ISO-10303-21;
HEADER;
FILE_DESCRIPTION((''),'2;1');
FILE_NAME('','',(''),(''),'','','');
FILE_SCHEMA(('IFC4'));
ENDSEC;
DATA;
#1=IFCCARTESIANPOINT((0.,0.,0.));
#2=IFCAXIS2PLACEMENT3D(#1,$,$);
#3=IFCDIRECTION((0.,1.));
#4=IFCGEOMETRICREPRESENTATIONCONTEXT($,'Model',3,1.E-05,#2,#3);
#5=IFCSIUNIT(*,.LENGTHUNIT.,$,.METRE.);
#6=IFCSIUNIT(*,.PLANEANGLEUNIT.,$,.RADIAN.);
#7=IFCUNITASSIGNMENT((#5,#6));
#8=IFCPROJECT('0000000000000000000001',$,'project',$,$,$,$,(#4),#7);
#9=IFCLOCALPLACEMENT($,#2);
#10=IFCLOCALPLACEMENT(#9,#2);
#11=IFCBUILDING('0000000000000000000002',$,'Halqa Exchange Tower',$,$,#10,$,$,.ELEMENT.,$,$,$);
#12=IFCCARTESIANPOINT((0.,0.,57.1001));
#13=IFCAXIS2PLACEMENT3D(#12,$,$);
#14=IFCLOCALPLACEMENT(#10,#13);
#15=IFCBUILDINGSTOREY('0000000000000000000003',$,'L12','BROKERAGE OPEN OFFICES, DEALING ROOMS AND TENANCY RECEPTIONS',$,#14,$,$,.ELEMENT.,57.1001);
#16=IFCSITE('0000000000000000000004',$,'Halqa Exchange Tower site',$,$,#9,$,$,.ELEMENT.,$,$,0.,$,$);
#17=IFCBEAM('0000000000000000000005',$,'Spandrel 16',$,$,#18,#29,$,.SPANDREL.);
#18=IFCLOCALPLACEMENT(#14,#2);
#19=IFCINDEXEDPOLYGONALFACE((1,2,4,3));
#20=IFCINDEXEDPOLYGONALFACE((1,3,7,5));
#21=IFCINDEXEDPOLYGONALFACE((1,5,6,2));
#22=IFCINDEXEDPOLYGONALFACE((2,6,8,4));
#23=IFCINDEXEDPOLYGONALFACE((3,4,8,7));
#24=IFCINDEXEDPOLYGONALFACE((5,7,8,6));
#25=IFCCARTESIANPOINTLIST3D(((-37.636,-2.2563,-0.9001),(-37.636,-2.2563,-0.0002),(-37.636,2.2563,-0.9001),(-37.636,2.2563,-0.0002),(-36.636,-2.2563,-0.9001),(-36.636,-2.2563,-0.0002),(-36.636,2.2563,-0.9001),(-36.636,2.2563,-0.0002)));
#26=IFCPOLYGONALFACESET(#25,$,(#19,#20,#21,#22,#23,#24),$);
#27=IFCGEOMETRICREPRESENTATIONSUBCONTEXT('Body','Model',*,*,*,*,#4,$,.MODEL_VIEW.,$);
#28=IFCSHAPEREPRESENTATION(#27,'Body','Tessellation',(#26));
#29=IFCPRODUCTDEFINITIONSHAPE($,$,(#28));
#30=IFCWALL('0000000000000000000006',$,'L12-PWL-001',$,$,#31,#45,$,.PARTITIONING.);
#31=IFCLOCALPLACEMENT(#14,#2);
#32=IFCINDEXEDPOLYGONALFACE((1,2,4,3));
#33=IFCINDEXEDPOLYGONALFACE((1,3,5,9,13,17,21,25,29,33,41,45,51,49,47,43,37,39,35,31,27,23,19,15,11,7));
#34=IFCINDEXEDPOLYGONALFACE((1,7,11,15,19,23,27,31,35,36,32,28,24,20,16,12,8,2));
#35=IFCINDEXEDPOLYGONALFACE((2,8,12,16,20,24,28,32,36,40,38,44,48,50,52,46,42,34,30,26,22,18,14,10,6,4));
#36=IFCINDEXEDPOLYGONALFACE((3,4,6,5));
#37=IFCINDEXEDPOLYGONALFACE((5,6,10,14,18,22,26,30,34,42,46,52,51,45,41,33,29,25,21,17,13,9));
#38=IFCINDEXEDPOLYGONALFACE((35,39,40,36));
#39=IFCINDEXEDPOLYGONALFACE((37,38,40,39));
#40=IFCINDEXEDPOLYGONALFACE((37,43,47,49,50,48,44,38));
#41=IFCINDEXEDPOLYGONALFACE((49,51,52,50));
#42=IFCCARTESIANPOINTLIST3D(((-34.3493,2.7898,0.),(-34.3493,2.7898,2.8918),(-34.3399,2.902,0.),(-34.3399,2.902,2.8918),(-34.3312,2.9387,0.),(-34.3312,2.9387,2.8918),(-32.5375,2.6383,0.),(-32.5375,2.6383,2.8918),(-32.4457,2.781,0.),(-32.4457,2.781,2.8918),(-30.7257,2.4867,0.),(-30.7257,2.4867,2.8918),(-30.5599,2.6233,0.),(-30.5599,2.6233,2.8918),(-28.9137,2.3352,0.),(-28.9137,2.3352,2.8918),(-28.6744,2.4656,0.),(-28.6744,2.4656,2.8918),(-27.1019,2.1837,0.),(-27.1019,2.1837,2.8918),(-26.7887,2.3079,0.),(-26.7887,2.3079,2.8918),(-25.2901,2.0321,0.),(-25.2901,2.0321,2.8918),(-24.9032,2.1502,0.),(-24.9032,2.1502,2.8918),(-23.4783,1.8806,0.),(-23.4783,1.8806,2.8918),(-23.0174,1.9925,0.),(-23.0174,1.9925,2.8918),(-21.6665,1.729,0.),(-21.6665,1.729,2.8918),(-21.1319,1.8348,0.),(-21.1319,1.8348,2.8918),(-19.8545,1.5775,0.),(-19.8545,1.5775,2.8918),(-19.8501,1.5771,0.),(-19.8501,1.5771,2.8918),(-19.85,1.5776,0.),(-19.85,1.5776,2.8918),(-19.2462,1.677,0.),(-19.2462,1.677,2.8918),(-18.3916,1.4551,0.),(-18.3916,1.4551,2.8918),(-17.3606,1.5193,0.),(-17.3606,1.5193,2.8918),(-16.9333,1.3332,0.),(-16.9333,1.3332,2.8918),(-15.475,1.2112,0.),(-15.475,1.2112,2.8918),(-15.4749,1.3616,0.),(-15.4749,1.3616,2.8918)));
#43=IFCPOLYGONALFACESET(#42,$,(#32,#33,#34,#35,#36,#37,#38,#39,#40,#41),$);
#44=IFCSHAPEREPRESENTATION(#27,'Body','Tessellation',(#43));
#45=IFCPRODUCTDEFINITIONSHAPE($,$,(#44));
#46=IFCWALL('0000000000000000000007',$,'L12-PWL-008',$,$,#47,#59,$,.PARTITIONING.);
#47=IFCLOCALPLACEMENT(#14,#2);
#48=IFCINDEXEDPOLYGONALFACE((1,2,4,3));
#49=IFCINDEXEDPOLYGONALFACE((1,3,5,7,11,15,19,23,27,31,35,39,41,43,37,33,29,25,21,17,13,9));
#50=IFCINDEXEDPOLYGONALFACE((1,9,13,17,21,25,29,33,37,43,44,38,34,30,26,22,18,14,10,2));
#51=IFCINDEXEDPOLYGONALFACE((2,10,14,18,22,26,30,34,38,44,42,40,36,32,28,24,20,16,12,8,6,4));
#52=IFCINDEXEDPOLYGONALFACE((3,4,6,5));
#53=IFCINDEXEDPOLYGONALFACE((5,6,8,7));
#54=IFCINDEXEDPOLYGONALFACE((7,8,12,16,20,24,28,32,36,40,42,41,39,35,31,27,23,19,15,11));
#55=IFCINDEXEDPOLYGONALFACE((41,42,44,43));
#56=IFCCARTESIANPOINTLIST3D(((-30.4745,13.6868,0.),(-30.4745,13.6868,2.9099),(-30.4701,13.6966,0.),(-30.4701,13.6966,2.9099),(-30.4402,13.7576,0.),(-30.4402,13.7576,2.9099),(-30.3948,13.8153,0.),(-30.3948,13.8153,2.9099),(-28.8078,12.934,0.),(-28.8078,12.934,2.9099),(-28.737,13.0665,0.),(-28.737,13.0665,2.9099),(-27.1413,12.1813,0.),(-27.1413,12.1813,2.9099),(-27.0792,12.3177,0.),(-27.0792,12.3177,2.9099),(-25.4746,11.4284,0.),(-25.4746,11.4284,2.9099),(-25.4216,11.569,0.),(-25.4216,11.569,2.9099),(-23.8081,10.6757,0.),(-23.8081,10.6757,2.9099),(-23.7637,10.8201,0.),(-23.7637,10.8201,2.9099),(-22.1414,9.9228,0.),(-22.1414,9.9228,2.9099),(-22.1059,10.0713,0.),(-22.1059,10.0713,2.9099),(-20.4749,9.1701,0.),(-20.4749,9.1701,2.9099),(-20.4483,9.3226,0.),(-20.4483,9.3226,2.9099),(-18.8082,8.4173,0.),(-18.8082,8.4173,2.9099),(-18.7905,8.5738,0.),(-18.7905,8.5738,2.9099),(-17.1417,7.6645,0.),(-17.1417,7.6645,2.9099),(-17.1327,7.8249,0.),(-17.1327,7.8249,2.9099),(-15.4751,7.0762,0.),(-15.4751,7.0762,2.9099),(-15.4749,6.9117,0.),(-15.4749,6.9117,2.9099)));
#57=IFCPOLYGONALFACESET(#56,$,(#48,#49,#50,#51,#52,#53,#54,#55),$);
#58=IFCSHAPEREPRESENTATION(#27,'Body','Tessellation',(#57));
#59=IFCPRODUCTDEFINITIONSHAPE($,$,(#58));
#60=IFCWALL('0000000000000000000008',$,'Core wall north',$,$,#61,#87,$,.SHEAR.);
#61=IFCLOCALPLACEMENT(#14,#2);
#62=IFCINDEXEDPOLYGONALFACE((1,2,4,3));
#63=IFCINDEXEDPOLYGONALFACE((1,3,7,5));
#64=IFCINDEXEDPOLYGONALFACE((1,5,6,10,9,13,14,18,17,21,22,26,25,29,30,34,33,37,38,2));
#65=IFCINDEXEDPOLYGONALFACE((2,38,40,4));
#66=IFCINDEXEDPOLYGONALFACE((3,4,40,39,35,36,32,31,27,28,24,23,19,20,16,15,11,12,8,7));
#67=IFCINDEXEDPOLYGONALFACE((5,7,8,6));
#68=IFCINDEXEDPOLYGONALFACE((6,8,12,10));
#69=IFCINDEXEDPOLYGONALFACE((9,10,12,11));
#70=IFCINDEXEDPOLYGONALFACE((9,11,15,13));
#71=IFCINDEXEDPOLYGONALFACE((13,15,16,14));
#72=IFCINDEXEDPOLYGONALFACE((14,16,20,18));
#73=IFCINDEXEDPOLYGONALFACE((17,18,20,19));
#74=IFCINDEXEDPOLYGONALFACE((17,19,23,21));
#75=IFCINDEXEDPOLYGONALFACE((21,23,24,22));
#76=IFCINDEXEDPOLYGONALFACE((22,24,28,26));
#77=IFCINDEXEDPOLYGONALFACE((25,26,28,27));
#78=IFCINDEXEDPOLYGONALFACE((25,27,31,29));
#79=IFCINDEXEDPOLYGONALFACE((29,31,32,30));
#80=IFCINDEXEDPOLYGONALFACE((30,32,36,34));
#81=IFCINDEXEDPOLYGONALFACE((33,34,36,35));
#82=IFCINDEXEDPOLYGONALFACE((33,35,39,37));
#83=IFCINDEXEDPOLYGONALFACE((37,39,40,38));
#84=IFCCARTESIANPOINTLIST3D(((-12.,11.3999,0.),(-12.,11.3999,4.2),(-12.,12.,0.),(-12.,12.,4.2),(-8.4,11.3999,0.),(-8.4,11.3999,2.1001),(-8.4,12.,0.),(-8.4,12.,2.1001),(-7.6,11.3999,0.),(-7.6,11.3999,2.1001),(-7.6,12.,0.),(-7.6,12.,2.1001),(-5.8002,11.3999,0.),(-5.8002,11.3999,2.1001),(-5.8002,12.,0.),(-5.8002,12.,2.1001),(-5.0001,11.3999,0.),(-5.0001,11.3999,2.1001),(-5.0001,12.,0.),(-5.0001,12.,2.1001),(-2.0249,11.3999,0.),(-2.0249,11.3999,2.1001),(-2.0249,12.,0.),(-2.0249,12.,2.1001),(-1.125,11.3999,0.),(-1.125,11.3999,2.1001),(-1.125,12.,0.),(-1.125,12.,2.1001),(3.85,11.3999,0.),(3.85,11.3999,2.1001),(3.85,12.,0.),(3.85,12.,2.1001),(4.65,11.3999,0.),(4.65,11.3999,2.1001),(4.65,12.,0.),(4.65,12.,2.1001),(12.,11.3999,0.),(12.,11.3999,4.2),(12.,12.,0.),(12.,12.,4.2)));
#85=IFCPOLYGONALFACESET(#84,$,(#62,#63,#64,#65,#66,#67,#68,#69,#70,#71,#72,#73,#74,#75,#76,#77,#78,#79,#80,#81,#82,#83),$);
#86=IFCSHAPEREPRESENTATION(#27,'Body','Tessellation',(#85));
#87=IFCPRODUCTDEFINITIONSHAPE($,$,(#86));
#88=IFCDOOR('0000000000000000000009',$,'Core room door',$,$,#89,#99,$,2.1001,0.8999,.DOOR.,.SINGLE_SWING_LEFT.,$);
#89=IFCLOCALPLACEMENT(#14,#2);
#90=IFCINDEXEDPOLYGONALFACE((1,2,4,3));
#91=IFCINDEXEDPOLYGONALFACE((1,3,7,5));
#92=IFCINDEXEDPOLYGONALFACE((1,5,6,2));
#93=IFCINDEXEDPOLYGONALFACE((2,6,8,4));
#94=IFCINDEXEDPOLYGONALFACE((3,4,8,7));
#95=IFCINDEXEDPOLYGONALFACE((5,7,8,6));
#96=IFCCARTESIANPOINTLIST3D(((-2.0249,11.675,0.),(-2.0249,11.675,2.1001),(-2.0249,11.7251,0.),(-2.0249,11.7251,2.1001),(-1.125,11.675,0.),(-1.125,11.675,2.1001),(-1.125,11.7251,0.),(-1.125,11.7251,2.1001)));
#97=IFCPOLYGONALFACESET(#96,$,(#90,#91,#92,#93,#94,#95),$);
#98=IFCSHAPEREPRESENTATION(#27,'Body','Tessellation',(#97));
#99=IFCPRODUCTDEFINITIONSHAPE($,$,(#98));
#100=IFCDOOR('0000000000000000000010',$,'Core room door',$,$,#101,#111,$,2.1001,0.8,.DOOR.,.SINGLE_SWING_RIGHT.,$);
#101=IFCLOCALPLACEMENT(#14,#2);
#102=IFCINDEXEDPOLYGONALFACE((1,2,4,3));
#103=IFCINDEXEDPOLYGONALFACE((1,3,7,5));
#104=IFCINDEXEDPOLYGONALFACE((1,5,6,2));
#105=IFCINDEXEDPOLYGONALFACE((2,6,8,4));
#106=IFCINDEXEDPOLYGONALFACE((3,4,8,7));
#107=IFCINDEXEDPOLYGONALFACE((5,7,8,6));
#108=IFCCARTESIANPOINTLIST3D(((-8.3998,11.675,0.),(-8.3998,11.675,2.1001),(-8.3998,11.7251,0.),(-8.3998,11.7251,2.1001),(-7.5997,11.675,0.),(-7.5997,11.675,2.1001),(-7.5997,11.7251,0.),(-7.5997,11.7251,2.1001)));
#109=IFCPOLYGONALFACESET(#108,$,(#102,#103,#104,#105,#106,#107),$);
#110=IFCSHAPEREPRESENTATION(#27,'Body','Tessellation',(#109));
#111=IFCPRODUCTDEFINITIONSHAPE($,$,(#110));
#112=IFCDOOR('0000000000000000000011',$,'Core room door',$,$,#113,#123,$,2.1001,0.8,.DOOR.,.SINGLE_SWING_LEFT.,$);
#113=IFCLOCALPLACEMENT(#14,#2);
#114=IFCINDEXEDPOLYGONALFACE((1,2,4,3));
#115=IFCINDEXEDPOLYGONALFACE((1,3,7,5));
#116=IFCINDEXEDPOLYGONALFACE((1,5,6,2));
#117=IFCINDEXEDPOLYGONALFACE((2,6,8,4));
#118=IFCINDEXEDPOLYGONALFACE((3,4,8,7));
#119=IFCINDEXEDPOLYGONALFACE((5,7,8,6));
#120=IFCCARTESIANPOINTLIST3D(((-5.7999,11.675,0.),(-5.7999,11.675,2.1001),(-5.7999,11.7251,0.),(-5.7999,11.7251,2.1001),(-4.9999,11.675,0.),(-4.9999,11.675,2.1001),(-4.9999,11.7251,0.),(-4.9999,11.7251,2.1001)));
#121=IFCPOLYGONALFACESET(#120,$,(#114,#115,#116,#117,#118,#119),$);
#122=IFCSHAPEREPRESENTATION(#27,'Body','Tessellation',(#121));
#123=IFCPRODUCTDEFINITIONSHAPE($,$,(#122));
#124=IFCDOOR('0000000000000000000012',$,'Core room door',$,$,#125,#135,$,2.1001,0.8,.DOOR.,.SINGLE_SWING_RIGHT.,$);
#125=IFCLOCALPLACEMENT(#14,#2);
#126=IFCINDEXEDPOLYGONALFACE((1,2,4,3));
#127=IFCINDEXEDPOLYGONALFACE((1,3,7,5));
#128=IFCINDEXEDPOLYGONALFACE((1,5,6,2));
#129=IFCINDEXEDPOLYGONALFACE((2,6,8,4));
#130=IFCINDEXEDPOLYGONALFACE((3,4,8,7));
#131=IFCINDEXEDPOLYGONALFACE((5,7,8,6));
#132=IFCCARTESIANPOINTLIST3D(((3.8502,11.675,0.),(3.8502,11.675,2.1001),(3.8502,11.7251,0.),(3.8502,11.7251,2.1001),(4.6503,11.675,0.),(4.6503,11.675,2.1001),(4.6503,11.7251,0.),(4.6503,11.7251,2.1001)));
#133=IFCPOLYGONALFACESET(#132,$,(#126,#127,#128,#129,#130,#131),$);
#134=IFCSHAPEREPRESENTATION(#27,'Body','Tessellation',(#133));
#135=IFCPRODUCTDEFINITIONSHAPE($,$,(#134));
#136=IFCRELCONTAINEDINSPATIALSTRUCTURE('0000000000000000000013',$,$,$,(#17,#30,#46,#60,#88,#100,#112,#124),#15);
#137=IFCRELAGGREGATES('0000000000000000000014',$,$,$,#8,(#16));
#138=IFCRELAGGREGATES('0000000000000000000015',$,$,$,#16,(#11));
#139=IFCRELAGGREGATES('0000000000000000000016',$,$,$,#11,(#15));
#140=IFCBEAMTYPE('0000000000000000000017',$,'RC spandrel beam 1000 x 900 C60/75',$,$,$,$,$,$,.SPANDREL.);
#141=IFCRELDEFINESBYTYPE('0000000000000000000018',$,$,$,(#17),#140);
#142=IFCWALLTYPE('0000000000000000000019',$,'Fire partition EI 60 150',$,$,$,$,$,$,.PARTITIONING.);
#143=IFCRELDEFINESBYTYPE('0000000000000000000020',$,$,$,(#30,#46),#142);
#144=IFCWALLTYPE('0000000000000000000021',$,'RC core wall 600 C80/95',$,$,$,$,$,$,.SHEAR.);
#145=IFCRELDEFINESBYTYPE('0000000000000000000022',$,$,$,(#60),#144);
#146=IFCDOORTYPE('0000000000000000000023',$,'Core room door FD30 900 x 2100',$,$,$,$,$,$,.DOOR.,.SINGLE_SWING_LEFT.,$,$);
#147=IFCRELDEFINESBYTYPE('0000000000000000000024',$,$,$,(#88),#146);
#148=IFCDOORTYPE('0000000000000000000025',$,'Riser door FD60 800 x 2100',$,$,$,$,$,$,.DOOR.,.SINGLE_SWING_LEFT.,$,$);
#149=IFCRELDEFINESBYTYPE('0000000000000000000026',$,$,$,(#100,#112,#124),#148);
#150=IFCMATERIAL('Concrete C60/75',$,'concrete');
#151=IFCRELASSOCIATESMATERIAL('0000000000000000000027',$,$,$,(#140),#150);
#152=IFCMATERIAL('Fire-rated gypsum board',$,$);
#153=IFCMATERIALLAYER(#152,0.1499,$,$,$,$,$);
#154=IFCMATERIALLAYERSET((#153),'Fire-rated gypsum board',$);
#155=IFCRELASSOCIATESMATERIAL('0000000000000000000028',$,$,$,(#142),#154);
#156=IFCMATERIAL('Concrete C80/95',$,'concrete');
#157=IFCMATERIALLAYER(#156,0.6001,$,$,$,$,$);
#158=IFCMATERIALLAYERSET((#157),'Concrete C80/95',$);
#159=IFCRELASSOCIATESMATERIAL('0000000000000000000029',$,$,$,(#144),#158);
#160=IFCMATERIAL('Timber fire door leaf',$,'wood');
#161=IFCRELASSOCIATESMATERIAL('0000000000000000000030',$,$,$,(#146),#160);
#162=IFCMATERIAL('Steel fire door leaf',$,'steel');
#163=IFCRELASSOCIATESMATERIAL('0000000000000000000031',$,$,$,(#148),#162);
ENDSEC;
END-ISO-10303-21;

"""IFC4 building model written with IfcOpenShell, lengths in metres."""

from ifc_helpers import new_model, si_unit, direction, frame, frame_2d, origin, origin_2d, place, context, subcontext, project, spatial, polyline, rectangle, outline, extrude, material, layer, layer_set, material_profile, profile_set, type_object, element, fill, save


model = new_model("IFC4")

# Units and contexts
model_context = context("Model", 3, precision=1e-05, world=origin(), true_north=direction((0.0, 1.0)))
body_context = subcontext(model_context, "Body", "Model", "MODEL_VIEW")
ifc_project = project(units=[si_unit("LENGTHUNIT", "METRE"), si_unit("PLANEANGLEUNIT", "RADIAN")], contexts=[model_context])

# Site, building, storey
site_placement = place(None, origin())
site = spatial("IfcSite", under=ifc_project, at=site_placement, Name="Halqa Exchange Tower site", CompositionType="ELEMENT", RefElevation=0.0)
building_placement = place(site_placement, origin())
building = spatial("IfcBuilding", under=site, at=building_placement, Name="Halqa Exchange Tower", CompositionType="ELEMENT")
storey_placement = place(building_placement, frame((0.0, 0.0, 57.1001)))
storey = spatial("IfcBuildingStorey", under=building, at=storey_placement, Name="L12", Description="BROKERAGE OPEN OFFICES, DEALING ROOMS AND TENANCY RECEPTIONS", CompositionType="ELEMENT", Elevation=57.1001)

# Shared definitions
ifc_material_1 = material(Name="Concrete C80/95", Category="concrete")

# Beam
ifc_material_2 = material(Name="Concrete C60/75", Category="concrete")
ifc_material_profile_1 = material_profile(ifc_material_2, rectangle(XDim=1.0, YDim=0.8999, at=origin_2d()), Name="1000 x 900")
ifc_profile_set_1 = profile_set([ifc_material_profile_1], Name="Concrete C60/75")
beam_type_1 = type_object("IfcBeamType", Name="RC spandrel beam 1000 x 900 C60/75", PredefinedType="SPANDREL", material=ifc_profile_set_1)
beam_1_placement = place(storey_placement, frame((-37.136, 2.2563, -0.4502), z_axis=(0.0, -1.0, 0.0), x_axis=(1.0, 0.0, 0.0)))
element("IfcBeam", 1, at=beam_1_placement, inside=storey, type_object=beam_type_1, Name="Spandrel 16", PredefinedType="SPANDREL", context=body_context, shape_type="SweptSolid", body=[
    extrude(rectangle(XDim=1.0, YDim=0.8999, at=origin_2d()), origin(), (0.0, 0.0, 1.0), 4.5127),
])

# Walls
ifc_material_3 = material(Name="Fire-rated gypsum board")
ifc_layer_1 = layer(ifc_material_3, 0.1499)
ifc_layer_set_1 = layer_set([ifc_layer_1], Name="Fire-rated gypsum board")
wall_type_1 = type_object("IfcWallType", Name="Fire partition EI 60 150", PredefinedType="PARTITIONING", material=ifc_layer_set_1)
wall_1_placement = place(storey_placement, frame((-34.343, 2.8645, 0.0), z_axis=(0.0, 0.0, 1.0), x_axis=(0.996521, -0.083347, 0.0)))
element("IfcWall", 2, at=wall_1_placement, inside=storey, type_object=wall_type_1, Name="L12-PWL-001", PredefinedType="PARTITIONING", context=body_context, shape_type="SweptSolid", body=[
    extrude(outline(polyline([(0.0, -0.075), (1.8181, -0.075), (3.6362, -0.075), (5.4546, -0.075), (7.2727, -0.075), (9.0908, -0.075), (10.9089, -0.075), (12.7271, -0.075), (14.5454, -0.075), (14.5498, -0.0745), (14.5498, -0.075), (16.0134, -0.075), (17.4768, -0.075), (18.9402, -0.075), (18.9277, 0.075), (17.0354, 0.075), (15.1433, 0.075), (13.251, 0.075), (11.3589, 0.075), (9.4666, 0.075), (7.5745, 0.075), (5.6821, 0.075), (3.79, 0.075), (1.8977, 0.075), (0.0056, 0.075), (0.0, 0.0376), (0.0, -0.075)])), origin(), (0.0, 0.0, 1.0), 2.8918),
])
wall_2_placement = place(storey_placement, frame((-15.4441, 6.98, 0.0), z_axis=(0.0, 0.0, 1.0), x_axis=(-0.911344, 0.411646, 0.0)))
element("IfcWall", 3, at=wall_2_placement, inside=storey, type_object=wall_type_1, Name="L12-PWL-008", PredefinedType="PARTITIONING", context=body_context, shape_type="SweptSolid", body=[
    extrude(outline(polyline([(0.0679, -0.075), (1.8867, -0.075), (3.7058, -0.075), (5.5249, -0.075), (7.3438, -0.075), (9.1628, -0.075), (10.9819, -0.075), (12.8008, -0.075), (14.6199, -0.075), (16.439, -0.075), (16.4565, -0.0037), (16.4587, 0.0642), (16.4587, 0.075), (14.6299, 0.075), (12.8013, 0.075), (10.9724, 0.075), (9.1438, 0.075), (7.3149, 0.075), (5.4863, 0.075), (3.6575, 0.075), (1.8289, 0.075), (0.0, 0.075), (0.0679, -0.075)])), origin(), (0.0, 0.0, 1.0), 2.9099),
])

# Wall, openings, doors
ifc_layer_2 = layer(ifc_material_1, 0.6001)
ifc_layer_set_2 = layer_set([ifc_layer_2], Name="Concrete C80/95")
wall_type_2 = type_object("IfcWallType", Name="RC core wall 600 C80/95", PredefinedType="SHEAR", material=ifc_layer_set_2)
wall_3_placement = place(storey_placement, frame((-12.0, 11.7, 0.0), z_axis=(0.0, 0.0, 1.0), x_axis=(1.0, 0.0, 0.0)))
wall_3 = element("IfcWall", 4, at=wall_3_placement, inside=storey, type_object=wall_type_2, Name="Core wall north", PredefinedType="SHEAR", context=body_context, shape_type="SweptSolid", body=[
    extrude(rectangle(XDim=24.0, YDim=0.6001, at=frame_2d((12.0, 0.0))), origin(), (0.0, 0.0, 1.0), 4.2),
])
opening_1_placement = place(wall_3_placement, frame((9.9751, 0.0, 0.0)))
opening_1 = element("IfcOpeningElement", 5, at=opening_1_placement, cuts=wall_3, PredefinedType="OPENING", context=body_context, shape_type="SweptSolid", body=[
    extrude(rectangle(XDim=0.8999, YDim=2.1001, at=frame_2d((0.45, 1.05))), frame((0.0, 0.312, 0.0), z_axis=(0.0, -1.0, 0.0), x_axis=(1.0, 0.0, 0.0)), (0.0, 0.0, 1.0), 0.624),
])
opening_2_placement = place(wall_3_placement, frame((3.6001, 0.0, 0.0)))
opening_2 = element("IfcOpeningElement", 6, at=opening_2_placement, cuts=wall_3, PredefinedType="OPENING", context=body_context, shape_type="SweptSolid", body=[
    extrude(rectangle(XDim=0.8, YDim=2.1001, at=frame_2d((0.3999, 1.05))), frame((0.0, 0.312, 0.0), z_axis=(0.0, -1.0, 0.0), x_axis=(1.0, 0.0, 0.0)), (0.0, 0.0, 1.0), 0.624),
])
opening_3_placement = place(wall_3_placement, frame((6.2, 0.0, 0.0)))
opening_3 = element("IfcOpeningElement", 7, at=opening_3_placement, cuts=wall_3, PredefinedType="OPENING", context=body_context, shape_type="SweptSolid", body=[
    extrude(rectangle(XDim=0.8, YDim=2.1001, at=frame_2d((0.3999, 1.05))), frame((0.0, 0.312, 0.0), z_axis=(0.0, -1.0, 0.0), x_axis=(1.0, 0.0, 0.0)), (0.0, 0.0, 1.0), 0.624),
])
opening_4_placement = place(wall_3_placement, frame((15.8501, 0.0, 0.0)))
opening_4 = element("IfcOpeningElement", 8, at=opening_4_placement, cuts=wall_3, PredefinedType="OPENING", context=body_context, shape_type="SweptSolid", body=[
    extrude(rectangle(XDim=0.8, YDim=2.1001, at=frame_2d((0.3999, 1.05))), frame((0.0, 0.312, 0.0), z_axis=(0.0, -1.0, 0.0), x_axis=(1.0, 0.0, 0.0)), (0.0, 0.0, 1.0), 0.624),
])
ifc_material_4 = material(Name="Timber fire door leaf", Category="wood")
door_type_1 = type_object("IfcDoorType", Name="Core room door FD30 900 x 2100", OperationType="SINGLE_SWING_LEFT", PredefinedType="DOOR", material=ifc_material_4)
door_1_placement = place(opening_1_placement, frame((0.8999, 0.0, 0.0), z_axis=(0.0, 0.0, 1.0), x_axis=(-1.0, 0.0, 0.0)))
door_1 = element("IfcDoor", 9, at=door_1_placement, inside=storey, type_object=door_type_1, Name="Core room door", OperationType="SINGLE_SWING_LEFT", OverallHeight=2.1001, OverallWidth=0.8999, PredefinedType="DOOR", context=body_context, shape_type="SweptSolid", body=[
    extrude(rectangle(XDim=0.8999, YDim=2.1001, at=frame_2d((0.45, 1.05))), frame((0.0, 0.0249, 0.0), z_axis=(0.0, -1.0, 0.0), x_axis=(1.0, 0.0, 0.0)), (0.0, 0.0, 1.0), 0.05),
])
fill(opening_1, door_1)
ifc_material_5 = material(Name="Steel fire door leaf", Category="steel")
door_type_2 = type_object("IfcDoorType", Name="Riser door FD60 800 x 2100", OperationType="SINGLE_SWING_LEFT", PredefinedType="DOOR", material=ifc_material_5)
door_2_placement = place(opening_2_placement, frame((0.8, 0.0, 0.0), z_axis=(0.0, 0.0, 1.0), x_axis=(-1.0, 0.0, 0.0)))
door_2 = element("IfcDoor", 10, at=door_2_placement, inside=storey, type_object=door_type_2, Name="Core room door", OperationType="SINGLE_SWING_RIGHT", OverallHeight=2.1001, OverallWidth=0.8, PredefinedType="DOOR", context=body_context, shape_type="SweptSolid", body=[
    extrude(rectangle(XDim=0.8, YDim=2.1001, at=frame_2d((0.3999, 1.05))), frame((0.0, 0.0249, 0.0), z_axis=(0.0, -1.0, 0.0), x_axis=(1.0, 0.0, 0.0)), (0.0, 0.0, 1.0), 0.05),
])
fill(opening_2, door_2)
door_3_placement = place(opening_3_placement, frame((0.8, 0.0, 0.0), z_axis=(0.0, 0.0, 1.0), x_axis=(-1.0, 0.0, 0.0)))
door_3 = element("IfcDoor", 11, at=door_3_placement, inside=storey, type_object=door_type_2, Name="Core room door", OperationType="SINGLE_SWING_LEFT", OverallHeight=2.1001, OverallWidth=0.8, PredefinedType="DOOR", context=body_context, shape_type="SweptSolid", body=[
    extrude(rectangle(XDim=0.8, YDim=2.1001, at=frame_2d((0.3999, 1.05))), frame((0.0, 0.0249, 0.0), z_axis=(0.0, -1.0, 0.0), x_axis=(1.0, 0.0, 0.0)), (0.0, 0.0, 1.0), 0.05),
])
fill(opening_3, door_3)
door_4_placement = place(opening_4_placement, frame((0.8, 0.0, 0.0), z_axis=(0.0, 0.0, 1.0), x_axis=(-1.0, 0.0, 0.0)))
door_4 = element("IfcDoor", 12, at=door_4_placement, inside=storey, type_object=door_type_2, Name="Core room door", OperationType="SINGLE_SWING_RIGHT", OverallHeight=2.1001, OverallWidth=0.8, PredefinedType="DOOR", context=body_context, shape_type="SweptSolid", body=[
    extrude(rectangle(XDim=0.8, YDim=2.1001, at=frame_2d((0.3999, 1.05))), frame((0.0, 0.0249, 0.0), z_axis=(0.0, -1.0, 0.0), x_axis=(1.0, 0.0, 0.0)), (0.0, 0.0, 1.0), 0.05),
])
fill(opening_4, door_4)

save(model, "model.ifc")
